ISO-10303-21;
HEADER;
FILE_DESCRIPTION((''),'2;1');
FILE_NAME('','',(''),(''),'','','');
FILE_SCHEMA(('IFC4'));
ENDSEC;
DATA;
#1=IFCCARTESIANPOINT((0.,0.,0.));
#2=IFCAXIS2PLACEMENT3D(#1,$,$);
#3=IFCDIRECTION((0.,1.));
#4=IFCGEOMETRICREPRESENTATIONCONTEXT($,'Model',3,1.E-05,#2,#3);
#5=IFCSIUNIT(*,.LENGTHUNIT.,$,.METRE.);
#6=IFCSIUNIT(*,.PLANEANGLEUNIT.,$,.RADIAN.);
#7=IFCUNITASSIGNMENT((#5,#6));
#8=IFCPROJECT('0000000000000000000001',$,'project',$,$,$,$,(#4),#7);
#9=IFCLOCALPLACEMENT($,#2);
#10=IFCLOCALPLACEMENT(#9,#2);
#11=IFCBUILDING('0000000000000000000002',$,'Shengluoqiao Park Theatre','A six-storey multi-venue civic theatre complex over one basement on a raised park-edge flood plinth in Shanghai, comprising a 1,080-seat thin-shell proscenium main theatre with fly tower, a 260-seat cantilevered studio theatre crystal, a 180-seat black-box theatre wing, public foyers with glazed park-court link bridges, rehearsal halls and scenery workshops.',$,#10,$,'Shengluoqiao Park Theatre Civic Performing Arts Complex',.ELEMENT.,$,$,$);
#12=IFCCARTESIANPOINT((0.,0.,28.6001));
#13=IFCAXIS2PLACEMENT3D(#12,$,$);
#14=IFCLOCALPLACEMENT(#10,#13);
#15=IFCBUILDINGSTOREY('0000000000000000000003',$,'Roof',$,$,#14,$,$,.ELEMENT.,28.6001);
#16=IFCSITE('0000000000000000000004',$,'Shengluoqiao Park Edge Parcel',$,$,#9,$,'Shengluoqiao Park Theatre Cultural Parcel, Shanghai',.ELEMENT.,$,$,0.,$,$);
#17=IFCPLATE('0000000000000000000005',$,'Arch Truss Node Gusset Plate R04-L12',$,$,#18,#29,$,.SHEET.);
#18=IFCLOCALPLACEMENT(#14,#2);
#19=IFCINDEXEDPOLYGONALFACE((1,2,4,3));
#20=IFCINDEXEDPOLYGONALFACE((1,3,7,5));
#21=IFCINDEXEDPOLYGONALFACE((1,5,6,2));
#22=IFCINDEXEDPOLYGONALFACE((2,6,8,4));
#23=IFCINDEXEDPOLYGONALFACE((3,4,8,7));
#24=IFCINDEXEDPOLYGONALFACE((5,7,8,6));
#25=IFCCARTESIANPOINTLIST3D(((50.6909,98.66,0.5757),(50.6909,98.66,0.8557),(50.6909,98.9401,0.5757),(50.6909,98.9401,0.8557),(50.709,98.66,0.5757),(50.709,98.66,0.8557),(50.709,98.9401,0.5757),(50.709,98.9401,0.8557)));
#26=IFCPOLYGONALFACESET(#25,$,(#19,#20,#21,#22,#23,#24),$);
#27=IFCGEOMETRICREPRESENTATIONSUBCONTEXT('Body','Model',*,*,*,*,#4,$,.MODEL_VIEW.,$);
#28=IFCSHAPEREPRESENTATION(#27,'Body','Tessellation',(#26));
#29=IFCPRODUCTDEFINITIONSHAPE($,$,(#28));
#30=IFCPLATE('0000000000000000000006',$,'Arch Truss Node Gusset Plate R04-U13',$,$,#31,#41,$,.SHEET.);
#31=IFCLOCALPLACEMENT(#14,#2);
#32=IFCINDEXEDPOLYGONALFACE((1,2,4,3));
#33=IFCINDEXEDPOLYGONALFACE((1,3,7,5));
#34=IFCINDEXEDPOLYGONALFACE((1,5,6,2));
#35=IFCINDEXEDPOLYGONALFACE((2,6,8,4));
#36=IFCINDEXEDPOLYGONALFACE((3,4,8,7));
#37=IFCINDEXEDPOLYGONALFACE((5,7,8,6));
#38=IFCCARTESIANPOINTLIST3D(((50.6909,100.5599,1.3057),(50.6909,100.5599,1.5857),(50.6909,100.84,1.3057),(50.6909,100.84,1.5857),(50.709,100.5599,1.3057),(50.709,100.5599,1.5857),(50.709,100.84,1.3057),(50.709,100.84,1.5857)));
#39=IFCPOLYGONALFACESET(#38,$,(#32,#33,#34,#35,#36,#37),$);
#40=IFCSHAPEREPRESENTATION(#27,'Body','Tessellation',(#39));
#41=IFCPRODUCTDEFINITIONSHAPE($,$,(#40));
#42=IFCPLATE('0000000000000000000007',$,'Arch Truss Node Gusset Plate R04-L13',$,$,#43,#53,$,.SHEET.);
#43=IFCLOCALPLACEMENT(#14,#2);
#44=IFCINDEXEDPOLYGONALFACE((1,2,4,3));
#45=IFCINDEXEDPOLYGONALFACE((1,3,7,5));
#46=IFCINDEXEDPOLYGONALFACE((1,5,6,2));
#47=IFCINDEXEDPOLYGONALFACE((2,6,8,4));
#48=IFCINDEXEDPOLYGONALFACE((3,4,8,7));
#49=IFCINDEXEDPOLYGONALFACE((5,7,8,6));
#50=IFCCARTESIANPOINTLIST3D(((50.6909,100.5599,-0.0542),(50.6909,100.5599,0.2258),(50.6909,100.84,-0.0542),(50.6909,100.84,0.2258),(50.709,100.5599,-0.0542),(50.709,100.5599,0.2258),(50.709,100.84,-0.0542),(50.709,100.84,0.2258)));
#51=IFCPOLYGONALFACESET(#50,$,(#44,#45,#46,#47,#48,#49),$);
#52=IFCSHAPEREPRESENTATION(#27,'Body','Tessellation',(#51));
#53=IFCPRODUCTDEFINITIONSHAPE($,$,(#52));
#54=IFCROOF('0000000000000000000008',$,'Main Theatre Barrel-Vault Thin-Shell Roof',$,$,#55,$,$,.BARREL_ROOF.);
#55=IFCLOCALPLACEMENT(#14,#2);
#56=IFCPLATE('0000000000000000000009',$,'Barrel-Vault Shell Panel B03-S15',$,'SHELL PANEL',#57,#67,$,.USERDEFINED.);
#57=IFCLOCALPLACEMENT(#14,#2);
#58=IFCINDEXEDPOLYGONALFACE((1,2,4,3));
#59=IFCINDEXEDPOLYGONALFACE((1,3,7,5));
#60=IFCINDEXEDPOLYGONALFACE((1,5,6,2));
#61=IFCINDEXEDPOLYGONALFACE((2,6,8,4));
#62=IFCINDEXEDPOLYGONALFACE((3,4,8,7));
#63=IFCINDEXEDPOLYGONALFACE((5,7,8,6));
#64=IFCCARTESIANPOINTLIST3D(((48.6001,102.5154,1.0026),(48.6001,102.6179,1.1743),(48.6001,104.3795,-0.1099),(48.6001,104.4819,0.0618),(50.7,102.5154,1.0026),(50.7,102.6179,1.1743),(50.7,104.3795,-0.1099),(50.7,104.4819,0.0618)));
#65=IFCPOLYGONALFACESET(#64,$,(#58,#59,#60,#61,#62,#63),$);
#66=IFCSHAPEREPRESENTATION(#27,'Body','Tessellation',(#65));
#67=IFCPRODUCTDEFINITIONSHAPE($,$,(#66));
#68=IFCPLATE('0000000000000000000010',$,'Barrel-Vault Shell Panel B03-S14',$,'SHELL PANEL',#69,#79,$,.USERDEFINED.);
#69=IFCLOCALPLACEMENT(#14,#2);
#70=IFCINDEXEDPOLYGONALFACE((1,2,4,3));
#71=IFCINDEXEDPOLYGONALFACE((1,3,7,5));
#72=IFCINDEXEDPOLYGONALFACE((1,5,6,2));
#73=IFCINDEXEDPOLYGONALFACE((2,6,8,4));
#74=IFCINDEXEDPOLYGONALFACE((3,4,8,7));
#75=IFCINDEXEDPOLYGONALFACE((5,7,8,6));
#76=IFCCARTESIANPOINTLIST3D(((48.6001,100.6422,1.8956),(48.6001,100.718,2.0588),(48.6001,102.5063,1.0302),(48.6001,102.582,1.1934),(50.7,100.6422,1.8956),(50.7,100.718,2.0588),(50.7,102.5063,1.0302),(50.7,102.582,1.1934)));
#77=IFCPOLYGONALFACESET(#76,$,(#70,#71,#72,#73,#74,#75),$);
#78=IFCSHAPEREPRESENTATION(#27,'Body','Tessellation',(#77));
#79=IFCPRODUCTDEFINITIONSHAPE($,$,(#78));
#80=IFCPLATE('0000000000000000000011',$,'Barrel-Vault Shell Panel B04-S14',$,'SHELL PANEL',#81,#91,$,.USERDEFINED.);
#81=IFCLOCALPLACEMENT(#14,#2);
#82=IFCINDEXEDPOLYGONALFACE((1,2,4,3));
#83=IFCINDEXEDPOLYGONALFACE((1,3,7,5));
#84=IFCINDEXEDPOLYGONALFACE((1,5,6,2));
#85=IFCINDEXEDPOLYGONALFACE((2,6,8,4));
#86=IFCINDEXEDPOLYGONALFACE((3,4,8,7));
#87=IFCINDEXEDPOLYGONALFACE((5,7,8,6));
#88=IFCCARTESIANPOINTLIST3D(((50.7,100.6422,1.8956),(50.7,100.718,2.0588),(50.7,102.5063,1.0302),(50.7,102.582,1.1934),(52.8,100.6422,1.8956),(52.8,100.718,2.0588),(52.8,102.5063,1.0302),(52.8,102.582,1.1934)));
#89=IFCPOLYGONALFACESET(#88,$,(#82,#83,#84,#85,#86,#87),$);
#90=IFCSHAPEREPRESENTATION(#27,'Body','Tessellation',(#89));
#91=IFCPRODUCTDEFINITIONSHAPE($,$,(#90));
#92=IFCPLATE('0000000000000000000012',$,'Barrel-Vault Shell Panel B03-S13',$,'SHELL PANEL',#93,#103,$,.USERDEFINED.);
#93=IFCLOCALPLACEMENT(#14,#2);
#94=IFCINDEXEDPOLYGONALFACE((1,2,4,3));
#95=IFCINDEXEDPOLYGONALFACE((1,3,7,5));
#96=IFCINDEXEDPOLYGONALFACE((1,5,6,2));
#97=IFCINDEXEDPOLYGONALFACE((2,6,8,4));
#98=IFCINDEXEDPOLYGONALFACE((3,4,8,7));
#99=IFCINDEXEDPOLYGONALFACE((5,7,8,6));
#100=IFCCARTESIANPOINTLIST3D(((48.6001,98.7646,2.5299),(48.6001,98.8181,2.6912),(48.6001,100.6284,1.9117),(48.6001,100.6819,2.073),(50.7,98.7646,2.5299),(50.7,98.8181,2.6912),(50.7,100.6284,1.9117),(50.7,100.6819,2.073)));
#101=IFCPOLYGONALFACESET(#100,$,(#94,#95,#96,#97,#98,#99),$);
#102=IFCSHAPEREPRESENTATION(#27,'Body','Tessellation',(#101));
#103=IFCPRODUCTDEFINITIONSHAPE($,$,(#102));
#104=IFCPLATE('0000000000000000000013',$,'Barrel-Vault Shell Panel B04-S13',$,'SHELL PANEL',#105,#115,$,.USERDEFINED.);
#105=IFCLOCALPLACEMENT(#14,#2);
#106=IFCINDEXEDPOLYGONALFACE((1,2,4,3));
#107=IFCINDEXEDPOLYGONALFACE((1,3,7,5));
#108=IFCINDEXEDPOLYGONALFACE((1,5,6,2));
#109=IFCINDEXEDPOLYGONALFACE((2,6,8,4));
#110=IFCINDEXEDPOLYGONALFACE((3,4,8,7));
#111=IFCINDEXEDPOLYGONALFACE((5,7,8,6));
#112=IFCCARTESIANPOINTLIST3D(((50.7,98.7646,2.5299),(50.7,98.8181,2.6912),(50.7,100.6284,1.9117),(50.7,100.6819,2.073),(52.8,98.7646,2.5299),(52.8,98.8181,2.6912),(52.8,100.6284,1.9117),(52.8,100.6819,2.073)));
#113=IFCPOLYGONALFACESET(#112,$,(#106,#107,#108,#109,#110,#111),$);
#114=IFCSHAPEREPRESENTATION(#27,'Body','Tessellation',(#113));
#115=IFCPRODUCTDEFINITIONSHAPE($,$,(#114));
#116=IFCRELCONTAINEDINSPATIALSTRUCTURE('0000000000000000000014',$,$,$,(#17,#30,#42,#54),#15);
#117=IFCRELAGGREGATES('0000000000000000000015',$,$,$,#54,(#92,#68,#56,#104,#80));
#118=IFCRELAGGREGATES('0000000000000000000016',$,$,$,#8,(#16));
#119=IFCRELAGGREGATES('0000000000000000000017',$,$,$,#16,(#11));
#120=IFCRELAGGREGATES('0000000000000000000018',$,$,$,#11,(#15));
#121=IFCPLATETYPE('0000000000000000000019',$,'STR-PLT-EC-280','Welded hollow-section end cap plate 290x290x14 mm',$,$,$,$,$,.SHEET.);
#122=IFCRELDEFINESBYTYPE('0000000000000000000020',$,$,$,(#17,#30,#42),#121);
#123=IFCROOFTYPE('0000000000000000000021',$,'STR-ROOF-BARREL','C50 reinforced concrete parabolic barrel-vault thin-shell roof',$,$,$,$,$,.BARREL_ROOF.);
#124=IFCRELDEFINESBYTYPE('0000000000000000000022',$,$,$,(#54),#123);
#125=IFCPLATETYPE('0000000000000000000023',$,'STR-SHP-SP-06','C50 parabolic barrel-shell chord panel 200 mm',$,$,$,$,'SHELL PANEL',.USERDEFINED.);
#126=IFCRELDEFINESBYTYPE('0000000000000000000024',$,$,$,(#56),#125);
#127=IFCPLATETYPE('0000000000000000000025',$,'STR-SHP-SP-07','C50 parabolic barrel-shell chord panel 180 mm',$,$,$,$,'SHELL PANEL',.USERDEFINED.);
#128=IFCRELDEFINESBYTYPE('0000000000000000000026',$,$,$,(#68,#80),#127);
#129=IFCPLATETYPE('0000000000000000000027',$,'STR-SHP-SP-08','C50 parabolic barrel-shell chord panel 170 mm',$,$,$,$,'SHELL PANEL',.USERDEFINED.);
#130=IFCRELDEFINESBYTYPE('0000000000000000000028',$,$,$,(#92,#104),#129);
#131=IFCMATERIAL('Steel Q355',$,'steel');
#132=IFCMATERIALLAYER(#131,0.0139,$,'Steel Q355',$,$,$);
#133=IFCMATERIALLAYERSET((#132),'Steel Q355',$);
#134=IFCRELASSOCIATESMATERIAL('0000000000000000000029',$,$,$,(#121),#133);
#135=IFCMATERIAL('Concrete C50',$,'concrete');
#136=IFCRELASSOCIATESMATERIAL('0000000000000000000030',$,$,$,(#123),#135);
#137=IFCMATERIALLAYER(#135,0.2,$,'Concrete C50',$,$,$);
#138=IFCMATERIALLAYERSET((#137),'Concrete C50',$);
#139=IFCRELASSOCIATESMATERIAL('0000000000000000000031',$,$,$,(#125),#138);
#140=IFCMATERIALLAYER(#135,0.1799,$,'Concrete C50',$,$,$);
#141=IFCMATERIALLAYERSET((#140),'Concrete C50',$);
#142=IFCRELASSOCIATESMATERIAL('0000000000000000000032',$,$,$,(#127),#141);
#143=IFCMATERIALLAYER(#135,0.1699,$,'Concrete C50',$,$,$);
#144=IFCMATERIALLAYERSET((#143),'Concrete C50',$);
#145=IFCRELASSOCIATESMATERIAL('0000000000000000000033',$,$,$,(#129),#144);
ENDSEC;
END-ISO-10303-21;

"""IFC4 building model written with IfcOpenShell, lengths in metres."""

from ifc_helpers import new_model, si_unit, direction, frame, origin, origin_2d, place, context, subcontext, project, spatial, polyline, rectangle, outline, extrude, material, layer, layer_set, type_object, element, aggregate, save


model = new_model("IFC4")

# Units and contexts
model_context = context("Model", 3, precision=1e-05, world=origin(), true_north=direction((0.0, 1.0)))
body_context = subcontext(model_context, "Body", "Model", "MODEL_VIEW")
ifc_project = project(units=[si_unit("LENGTHUNIT", "METRE"), si_unit("PLANEANGLEUNIT", "RADIAN")], contexts=[model_context])

# Site, building, storey
site_placement = place(None, origin())
site = spatial("IfcSite", under=ifc_project, at=site_placement, Name="Shengluoqiao Park Edge Parcel", LongName="Shengluoqiao Park Theatre Cultural Parcel, Shanghai", CompositionType="ELEMENT", RefElevation=0.0)
building_placement = place(site_placement, origin())
building = spatial("IfcBuilding", under=site, at=building_placement, Name="Shengluoqiao Park Theatre", Description="A six-storey multi-venue civic theatre complex over one basement on a raised park-edge flood plinth in Shanghai, comprising a 1,080-seat thin-shell proscenium main theatre with fly tower, a 260-seat cantilevered studio theatre crystal, a 180-seat black-box theatre wing, public foyers with glazed park-court link bridges, rehearsal halls and scenery workshops.", LongName="Shengluoqiao Park Theatre Civic Performing Arts Complex", CompositionType="ELEMENT")
storey_placement = place(building_placement, frame((0.0, 0.0, 28.6001)))
storey = spatial("IfcBuildingStorey", under=building, at=storey_placement, Name="Roof", CompositionType="ELEMENT", Elevation=28.6001)

# Shared definitions
ifc_material_1 = material(Name="Concrete C50", Category="concrete")
ifc_material_2 = material(Name="Steel Q355", Category="steel")

# Plates
ifc_layer_1 = layer(ifc_material_2, 0.0139, Name="Steel Q355")
ifc_layer_set_1 = layer_set([ifc_layer_1], Name="Steel Q355")
plate_type_1 = type_object("IfcPlateType", Name="STR-PLT-EC-280", Description="Welded hollow-section end cap plate 290x290x14 mm", PredefinedType="SHEET", material=ifc_layer_set_1)
for number, where, z_axis, x_axis, name in (
    (1, (50.7, 98.8, 0.5757), (0.0, 0.0, 1.0), (1.0, 0.0, 0.0), "Arch Truss Node Gusset Plate R04-L12"),
    (2, (50.7, 100.7, 1.3057), (0.0, 0.0, 1.0), (1.0, 0.0, 0.0), "Arch Truss Node Gusset Plate R04-U13"),
    (3, (50.7, 100.7, -0.0542), (0.0, 0.0, 1.0), (1.0, 0.0, 0.0), "Arch Truss Node Gusset Plate R04-L13"),
):
    element("IfcPlate", number, at=place(storey_placement, frame(where, z_axis=z_axis, x_axis=x_axis)), inside=storey, type_object=plate_type_1, Name=name, PredefinedType="SHEET", context=body_context, shape_type="SweptSolid", body=[
        extrude(rectangle(XDim=0.0181, YDim=0.28, at=origin_2d()), origin(), (0.0, 0.0, 1.0), 0.28),
    ])

# Roof, plates
roof_type = type_object("IfcRoofType", Name="STR-ROOF-BARREL", Description="C50 reinforced concrete parabolic barrel-vault thin-shell roof", PredefinedType="BARREL_ROOF", material=ifc_material_1)
roof_placement = place(storey_placement, origin())
roof = element("IfcRoof", 4, at=roof_placement, inside=storey, type_object=roof_type, Name="Main Theatre Barrel-Vault Thin-Shell Roof", PredefinedType="BARREL_ROOF")
ifc_layer_2 = layer(ifc_material_1, 0.2, Name="Concrete C50")
ifc_layer_set_2 = layer_set([ifc_layer_2], Name="Concrete C50")
plate_type_2 = type_object("IfcPlateType", Name="STR-SHP-SP-06", Description="C50 parabolic barrel-shell chord panel 200 mm", ElementType="SHELL PANEL", PredefinedType="USERDEFINED", material=ifc_layer_set_2)
plate_1_placement = place(storey_placement, frame((48.6001, 102.6179, 1.1743), z_axis=(0.0, 0.51251, 0.858681), x_axis=(1.0, 0.0, 0.0)))
plate_1 = element("IfcPlate", 5, at=plate_1_placement, type_object=plate_type_2, Name="Barrel-Vault Shell Panel B03-S15", ObjectType="SHELL PANEL", PredefinedType="USERDEFINED", context=body_context, shape_type="SweptSolid", body=[
    extrude(outline(polyline([(0.0, 0.0), (2.0999, 0.0), (2.0999, 2.1708), (0.0, 2.1708), (0.0, 0.0)])), origin(), (0.0, 0.0, -1.0), 0.2),
])
ifc_layer_3 = layer(ifc_material_1, 0.1799, Name="Concrete C50")
ifc_layer_set_3 = layer_set([ifc_layer_3], Name="Concrete C50")
plate_type_3 = type_object("IfcPlateType", Name="STR-SHP-SP-07", Description="C50 parabolic barrel-shell chord panel 180 mm", ElementType="SHELL PANEL", PredefinedType="USERDEFINED", material=ifc_layer_set_3)
plate_2_placement = place(storey_placement, frame((48.6001, 100.718, 2.0588), z_axis=(0.0, 0.421129, 0.907001), x_axis=(1.0, 0.0, 0.0)))
plate_2 = element("IfcPlate", 6, at=plate_2_placement, type_object=plate_type_3, Name="Barrel-Vault Shell Panel B03-S14", ObjectType="SHELL PANEL", PredefinedType="USERDEFINED", context=body_context, shape_type="SweptSolid", body=[
    extrude(outline(polyline([(0.0, 0.0), (2.0999, 0.0), (2.0999, 2.0551), (0.0, 2.0551), (0.0, 0.0)])), origin(), (0.0, 0.0, -1.0), 0.1799),
])
plate_3_placement = place(storey_placement, frame((50.7, 100.718, 2.0588), z_axis=(0.0, 0.421129, 0.907001), x_axis=(1.0, 0.0, 0.0)))
plate_3 = element("IfcPlate", 7, at=plate_3_placement, type_object=plate_type_3, Name="Barrel-Vault Shell Panel B04-S14", ObjectType="SHELL PANEL", PredefinedType="USERDEFINED", context=body_context, shape_type="SweptSolid", body=[
    extrude(outline(polyline([(0.0, 0.0), (2.1001, 0.0), (2.1001, 2.0551), (0.0, 2.0551), (0.0, 0.0)])), origin(), (0.0, 0.0, -1.0), 0.1799),
])
ifc_layer_4 = layer(ifc_material_1, 0.1699, Name="Concrete C50")
ifc_layer_set_4 = layer_set([ifc_layer_4], Name="Concrete C50")
plate_type_4 = type_object("IfcPlateType", Name="STR-SHP-SP-08", Description="C50 parabolic barrel-shell chord panel 170 mm", ElementType="SHELL PANEL", PredefinedType="USERDEFINED", material=ifc_layer_set_4)
plate_4_placement = place(storey_placement, frame((48.6001, 98.8181, 2.6912), z_axis=(0.0, 0.31481, 0.949155), x_axis=(1.0, 0.0, 0.0)))
plate_4 = element("IfcPlate", 8, at=plate_4_placement, type_object=plate_type_4, Name="Barrel-Vault Shell Panel B03-S13", ObjectType="SHELL PANEL", PredefinedType="USERDEFINED", context=body_context, shape_type="SweptSolid", body=[
    extrude(outline(polyline([(0.0, 0.0), (2.0999, 0.0), (2.0999, 1.9636), (0.0, 1.9636), (0.0, 0.0)])), origin(), (0.0, 0.0, -1.0), 0.1699),
])
plate_5_placement = place(storey_placement, frame((50.7, 98.8181, 2.6912), z_axis=(0.0, 0.31481, 0.949155), x_axis=(1.0, 0.0, 0.0)))
plate_5 = element("IfcPlate", 9, at=plate_5_placement, type_object=plate_type_4, Name="Barrel-Vault Shell Panel B04-S13", ObjectType="SHELL PANEL", PredefinedType="USERDEFINED", context=body_context, shape_type="SweptSolid", body=[
    extrude(outline(polyline([(0.0, 0.0), (2.1001, 0.0), (2.1001, 1.9636), (0.0, 1.9636), (0.0, 0.0)])), origin(), (0.0, 0.0, -1.0), 0.1699),
])
aggregate(roof, [plate_4, plate_2, plate_1, plate_5, plate_3])

save(model, "model.ifc")
